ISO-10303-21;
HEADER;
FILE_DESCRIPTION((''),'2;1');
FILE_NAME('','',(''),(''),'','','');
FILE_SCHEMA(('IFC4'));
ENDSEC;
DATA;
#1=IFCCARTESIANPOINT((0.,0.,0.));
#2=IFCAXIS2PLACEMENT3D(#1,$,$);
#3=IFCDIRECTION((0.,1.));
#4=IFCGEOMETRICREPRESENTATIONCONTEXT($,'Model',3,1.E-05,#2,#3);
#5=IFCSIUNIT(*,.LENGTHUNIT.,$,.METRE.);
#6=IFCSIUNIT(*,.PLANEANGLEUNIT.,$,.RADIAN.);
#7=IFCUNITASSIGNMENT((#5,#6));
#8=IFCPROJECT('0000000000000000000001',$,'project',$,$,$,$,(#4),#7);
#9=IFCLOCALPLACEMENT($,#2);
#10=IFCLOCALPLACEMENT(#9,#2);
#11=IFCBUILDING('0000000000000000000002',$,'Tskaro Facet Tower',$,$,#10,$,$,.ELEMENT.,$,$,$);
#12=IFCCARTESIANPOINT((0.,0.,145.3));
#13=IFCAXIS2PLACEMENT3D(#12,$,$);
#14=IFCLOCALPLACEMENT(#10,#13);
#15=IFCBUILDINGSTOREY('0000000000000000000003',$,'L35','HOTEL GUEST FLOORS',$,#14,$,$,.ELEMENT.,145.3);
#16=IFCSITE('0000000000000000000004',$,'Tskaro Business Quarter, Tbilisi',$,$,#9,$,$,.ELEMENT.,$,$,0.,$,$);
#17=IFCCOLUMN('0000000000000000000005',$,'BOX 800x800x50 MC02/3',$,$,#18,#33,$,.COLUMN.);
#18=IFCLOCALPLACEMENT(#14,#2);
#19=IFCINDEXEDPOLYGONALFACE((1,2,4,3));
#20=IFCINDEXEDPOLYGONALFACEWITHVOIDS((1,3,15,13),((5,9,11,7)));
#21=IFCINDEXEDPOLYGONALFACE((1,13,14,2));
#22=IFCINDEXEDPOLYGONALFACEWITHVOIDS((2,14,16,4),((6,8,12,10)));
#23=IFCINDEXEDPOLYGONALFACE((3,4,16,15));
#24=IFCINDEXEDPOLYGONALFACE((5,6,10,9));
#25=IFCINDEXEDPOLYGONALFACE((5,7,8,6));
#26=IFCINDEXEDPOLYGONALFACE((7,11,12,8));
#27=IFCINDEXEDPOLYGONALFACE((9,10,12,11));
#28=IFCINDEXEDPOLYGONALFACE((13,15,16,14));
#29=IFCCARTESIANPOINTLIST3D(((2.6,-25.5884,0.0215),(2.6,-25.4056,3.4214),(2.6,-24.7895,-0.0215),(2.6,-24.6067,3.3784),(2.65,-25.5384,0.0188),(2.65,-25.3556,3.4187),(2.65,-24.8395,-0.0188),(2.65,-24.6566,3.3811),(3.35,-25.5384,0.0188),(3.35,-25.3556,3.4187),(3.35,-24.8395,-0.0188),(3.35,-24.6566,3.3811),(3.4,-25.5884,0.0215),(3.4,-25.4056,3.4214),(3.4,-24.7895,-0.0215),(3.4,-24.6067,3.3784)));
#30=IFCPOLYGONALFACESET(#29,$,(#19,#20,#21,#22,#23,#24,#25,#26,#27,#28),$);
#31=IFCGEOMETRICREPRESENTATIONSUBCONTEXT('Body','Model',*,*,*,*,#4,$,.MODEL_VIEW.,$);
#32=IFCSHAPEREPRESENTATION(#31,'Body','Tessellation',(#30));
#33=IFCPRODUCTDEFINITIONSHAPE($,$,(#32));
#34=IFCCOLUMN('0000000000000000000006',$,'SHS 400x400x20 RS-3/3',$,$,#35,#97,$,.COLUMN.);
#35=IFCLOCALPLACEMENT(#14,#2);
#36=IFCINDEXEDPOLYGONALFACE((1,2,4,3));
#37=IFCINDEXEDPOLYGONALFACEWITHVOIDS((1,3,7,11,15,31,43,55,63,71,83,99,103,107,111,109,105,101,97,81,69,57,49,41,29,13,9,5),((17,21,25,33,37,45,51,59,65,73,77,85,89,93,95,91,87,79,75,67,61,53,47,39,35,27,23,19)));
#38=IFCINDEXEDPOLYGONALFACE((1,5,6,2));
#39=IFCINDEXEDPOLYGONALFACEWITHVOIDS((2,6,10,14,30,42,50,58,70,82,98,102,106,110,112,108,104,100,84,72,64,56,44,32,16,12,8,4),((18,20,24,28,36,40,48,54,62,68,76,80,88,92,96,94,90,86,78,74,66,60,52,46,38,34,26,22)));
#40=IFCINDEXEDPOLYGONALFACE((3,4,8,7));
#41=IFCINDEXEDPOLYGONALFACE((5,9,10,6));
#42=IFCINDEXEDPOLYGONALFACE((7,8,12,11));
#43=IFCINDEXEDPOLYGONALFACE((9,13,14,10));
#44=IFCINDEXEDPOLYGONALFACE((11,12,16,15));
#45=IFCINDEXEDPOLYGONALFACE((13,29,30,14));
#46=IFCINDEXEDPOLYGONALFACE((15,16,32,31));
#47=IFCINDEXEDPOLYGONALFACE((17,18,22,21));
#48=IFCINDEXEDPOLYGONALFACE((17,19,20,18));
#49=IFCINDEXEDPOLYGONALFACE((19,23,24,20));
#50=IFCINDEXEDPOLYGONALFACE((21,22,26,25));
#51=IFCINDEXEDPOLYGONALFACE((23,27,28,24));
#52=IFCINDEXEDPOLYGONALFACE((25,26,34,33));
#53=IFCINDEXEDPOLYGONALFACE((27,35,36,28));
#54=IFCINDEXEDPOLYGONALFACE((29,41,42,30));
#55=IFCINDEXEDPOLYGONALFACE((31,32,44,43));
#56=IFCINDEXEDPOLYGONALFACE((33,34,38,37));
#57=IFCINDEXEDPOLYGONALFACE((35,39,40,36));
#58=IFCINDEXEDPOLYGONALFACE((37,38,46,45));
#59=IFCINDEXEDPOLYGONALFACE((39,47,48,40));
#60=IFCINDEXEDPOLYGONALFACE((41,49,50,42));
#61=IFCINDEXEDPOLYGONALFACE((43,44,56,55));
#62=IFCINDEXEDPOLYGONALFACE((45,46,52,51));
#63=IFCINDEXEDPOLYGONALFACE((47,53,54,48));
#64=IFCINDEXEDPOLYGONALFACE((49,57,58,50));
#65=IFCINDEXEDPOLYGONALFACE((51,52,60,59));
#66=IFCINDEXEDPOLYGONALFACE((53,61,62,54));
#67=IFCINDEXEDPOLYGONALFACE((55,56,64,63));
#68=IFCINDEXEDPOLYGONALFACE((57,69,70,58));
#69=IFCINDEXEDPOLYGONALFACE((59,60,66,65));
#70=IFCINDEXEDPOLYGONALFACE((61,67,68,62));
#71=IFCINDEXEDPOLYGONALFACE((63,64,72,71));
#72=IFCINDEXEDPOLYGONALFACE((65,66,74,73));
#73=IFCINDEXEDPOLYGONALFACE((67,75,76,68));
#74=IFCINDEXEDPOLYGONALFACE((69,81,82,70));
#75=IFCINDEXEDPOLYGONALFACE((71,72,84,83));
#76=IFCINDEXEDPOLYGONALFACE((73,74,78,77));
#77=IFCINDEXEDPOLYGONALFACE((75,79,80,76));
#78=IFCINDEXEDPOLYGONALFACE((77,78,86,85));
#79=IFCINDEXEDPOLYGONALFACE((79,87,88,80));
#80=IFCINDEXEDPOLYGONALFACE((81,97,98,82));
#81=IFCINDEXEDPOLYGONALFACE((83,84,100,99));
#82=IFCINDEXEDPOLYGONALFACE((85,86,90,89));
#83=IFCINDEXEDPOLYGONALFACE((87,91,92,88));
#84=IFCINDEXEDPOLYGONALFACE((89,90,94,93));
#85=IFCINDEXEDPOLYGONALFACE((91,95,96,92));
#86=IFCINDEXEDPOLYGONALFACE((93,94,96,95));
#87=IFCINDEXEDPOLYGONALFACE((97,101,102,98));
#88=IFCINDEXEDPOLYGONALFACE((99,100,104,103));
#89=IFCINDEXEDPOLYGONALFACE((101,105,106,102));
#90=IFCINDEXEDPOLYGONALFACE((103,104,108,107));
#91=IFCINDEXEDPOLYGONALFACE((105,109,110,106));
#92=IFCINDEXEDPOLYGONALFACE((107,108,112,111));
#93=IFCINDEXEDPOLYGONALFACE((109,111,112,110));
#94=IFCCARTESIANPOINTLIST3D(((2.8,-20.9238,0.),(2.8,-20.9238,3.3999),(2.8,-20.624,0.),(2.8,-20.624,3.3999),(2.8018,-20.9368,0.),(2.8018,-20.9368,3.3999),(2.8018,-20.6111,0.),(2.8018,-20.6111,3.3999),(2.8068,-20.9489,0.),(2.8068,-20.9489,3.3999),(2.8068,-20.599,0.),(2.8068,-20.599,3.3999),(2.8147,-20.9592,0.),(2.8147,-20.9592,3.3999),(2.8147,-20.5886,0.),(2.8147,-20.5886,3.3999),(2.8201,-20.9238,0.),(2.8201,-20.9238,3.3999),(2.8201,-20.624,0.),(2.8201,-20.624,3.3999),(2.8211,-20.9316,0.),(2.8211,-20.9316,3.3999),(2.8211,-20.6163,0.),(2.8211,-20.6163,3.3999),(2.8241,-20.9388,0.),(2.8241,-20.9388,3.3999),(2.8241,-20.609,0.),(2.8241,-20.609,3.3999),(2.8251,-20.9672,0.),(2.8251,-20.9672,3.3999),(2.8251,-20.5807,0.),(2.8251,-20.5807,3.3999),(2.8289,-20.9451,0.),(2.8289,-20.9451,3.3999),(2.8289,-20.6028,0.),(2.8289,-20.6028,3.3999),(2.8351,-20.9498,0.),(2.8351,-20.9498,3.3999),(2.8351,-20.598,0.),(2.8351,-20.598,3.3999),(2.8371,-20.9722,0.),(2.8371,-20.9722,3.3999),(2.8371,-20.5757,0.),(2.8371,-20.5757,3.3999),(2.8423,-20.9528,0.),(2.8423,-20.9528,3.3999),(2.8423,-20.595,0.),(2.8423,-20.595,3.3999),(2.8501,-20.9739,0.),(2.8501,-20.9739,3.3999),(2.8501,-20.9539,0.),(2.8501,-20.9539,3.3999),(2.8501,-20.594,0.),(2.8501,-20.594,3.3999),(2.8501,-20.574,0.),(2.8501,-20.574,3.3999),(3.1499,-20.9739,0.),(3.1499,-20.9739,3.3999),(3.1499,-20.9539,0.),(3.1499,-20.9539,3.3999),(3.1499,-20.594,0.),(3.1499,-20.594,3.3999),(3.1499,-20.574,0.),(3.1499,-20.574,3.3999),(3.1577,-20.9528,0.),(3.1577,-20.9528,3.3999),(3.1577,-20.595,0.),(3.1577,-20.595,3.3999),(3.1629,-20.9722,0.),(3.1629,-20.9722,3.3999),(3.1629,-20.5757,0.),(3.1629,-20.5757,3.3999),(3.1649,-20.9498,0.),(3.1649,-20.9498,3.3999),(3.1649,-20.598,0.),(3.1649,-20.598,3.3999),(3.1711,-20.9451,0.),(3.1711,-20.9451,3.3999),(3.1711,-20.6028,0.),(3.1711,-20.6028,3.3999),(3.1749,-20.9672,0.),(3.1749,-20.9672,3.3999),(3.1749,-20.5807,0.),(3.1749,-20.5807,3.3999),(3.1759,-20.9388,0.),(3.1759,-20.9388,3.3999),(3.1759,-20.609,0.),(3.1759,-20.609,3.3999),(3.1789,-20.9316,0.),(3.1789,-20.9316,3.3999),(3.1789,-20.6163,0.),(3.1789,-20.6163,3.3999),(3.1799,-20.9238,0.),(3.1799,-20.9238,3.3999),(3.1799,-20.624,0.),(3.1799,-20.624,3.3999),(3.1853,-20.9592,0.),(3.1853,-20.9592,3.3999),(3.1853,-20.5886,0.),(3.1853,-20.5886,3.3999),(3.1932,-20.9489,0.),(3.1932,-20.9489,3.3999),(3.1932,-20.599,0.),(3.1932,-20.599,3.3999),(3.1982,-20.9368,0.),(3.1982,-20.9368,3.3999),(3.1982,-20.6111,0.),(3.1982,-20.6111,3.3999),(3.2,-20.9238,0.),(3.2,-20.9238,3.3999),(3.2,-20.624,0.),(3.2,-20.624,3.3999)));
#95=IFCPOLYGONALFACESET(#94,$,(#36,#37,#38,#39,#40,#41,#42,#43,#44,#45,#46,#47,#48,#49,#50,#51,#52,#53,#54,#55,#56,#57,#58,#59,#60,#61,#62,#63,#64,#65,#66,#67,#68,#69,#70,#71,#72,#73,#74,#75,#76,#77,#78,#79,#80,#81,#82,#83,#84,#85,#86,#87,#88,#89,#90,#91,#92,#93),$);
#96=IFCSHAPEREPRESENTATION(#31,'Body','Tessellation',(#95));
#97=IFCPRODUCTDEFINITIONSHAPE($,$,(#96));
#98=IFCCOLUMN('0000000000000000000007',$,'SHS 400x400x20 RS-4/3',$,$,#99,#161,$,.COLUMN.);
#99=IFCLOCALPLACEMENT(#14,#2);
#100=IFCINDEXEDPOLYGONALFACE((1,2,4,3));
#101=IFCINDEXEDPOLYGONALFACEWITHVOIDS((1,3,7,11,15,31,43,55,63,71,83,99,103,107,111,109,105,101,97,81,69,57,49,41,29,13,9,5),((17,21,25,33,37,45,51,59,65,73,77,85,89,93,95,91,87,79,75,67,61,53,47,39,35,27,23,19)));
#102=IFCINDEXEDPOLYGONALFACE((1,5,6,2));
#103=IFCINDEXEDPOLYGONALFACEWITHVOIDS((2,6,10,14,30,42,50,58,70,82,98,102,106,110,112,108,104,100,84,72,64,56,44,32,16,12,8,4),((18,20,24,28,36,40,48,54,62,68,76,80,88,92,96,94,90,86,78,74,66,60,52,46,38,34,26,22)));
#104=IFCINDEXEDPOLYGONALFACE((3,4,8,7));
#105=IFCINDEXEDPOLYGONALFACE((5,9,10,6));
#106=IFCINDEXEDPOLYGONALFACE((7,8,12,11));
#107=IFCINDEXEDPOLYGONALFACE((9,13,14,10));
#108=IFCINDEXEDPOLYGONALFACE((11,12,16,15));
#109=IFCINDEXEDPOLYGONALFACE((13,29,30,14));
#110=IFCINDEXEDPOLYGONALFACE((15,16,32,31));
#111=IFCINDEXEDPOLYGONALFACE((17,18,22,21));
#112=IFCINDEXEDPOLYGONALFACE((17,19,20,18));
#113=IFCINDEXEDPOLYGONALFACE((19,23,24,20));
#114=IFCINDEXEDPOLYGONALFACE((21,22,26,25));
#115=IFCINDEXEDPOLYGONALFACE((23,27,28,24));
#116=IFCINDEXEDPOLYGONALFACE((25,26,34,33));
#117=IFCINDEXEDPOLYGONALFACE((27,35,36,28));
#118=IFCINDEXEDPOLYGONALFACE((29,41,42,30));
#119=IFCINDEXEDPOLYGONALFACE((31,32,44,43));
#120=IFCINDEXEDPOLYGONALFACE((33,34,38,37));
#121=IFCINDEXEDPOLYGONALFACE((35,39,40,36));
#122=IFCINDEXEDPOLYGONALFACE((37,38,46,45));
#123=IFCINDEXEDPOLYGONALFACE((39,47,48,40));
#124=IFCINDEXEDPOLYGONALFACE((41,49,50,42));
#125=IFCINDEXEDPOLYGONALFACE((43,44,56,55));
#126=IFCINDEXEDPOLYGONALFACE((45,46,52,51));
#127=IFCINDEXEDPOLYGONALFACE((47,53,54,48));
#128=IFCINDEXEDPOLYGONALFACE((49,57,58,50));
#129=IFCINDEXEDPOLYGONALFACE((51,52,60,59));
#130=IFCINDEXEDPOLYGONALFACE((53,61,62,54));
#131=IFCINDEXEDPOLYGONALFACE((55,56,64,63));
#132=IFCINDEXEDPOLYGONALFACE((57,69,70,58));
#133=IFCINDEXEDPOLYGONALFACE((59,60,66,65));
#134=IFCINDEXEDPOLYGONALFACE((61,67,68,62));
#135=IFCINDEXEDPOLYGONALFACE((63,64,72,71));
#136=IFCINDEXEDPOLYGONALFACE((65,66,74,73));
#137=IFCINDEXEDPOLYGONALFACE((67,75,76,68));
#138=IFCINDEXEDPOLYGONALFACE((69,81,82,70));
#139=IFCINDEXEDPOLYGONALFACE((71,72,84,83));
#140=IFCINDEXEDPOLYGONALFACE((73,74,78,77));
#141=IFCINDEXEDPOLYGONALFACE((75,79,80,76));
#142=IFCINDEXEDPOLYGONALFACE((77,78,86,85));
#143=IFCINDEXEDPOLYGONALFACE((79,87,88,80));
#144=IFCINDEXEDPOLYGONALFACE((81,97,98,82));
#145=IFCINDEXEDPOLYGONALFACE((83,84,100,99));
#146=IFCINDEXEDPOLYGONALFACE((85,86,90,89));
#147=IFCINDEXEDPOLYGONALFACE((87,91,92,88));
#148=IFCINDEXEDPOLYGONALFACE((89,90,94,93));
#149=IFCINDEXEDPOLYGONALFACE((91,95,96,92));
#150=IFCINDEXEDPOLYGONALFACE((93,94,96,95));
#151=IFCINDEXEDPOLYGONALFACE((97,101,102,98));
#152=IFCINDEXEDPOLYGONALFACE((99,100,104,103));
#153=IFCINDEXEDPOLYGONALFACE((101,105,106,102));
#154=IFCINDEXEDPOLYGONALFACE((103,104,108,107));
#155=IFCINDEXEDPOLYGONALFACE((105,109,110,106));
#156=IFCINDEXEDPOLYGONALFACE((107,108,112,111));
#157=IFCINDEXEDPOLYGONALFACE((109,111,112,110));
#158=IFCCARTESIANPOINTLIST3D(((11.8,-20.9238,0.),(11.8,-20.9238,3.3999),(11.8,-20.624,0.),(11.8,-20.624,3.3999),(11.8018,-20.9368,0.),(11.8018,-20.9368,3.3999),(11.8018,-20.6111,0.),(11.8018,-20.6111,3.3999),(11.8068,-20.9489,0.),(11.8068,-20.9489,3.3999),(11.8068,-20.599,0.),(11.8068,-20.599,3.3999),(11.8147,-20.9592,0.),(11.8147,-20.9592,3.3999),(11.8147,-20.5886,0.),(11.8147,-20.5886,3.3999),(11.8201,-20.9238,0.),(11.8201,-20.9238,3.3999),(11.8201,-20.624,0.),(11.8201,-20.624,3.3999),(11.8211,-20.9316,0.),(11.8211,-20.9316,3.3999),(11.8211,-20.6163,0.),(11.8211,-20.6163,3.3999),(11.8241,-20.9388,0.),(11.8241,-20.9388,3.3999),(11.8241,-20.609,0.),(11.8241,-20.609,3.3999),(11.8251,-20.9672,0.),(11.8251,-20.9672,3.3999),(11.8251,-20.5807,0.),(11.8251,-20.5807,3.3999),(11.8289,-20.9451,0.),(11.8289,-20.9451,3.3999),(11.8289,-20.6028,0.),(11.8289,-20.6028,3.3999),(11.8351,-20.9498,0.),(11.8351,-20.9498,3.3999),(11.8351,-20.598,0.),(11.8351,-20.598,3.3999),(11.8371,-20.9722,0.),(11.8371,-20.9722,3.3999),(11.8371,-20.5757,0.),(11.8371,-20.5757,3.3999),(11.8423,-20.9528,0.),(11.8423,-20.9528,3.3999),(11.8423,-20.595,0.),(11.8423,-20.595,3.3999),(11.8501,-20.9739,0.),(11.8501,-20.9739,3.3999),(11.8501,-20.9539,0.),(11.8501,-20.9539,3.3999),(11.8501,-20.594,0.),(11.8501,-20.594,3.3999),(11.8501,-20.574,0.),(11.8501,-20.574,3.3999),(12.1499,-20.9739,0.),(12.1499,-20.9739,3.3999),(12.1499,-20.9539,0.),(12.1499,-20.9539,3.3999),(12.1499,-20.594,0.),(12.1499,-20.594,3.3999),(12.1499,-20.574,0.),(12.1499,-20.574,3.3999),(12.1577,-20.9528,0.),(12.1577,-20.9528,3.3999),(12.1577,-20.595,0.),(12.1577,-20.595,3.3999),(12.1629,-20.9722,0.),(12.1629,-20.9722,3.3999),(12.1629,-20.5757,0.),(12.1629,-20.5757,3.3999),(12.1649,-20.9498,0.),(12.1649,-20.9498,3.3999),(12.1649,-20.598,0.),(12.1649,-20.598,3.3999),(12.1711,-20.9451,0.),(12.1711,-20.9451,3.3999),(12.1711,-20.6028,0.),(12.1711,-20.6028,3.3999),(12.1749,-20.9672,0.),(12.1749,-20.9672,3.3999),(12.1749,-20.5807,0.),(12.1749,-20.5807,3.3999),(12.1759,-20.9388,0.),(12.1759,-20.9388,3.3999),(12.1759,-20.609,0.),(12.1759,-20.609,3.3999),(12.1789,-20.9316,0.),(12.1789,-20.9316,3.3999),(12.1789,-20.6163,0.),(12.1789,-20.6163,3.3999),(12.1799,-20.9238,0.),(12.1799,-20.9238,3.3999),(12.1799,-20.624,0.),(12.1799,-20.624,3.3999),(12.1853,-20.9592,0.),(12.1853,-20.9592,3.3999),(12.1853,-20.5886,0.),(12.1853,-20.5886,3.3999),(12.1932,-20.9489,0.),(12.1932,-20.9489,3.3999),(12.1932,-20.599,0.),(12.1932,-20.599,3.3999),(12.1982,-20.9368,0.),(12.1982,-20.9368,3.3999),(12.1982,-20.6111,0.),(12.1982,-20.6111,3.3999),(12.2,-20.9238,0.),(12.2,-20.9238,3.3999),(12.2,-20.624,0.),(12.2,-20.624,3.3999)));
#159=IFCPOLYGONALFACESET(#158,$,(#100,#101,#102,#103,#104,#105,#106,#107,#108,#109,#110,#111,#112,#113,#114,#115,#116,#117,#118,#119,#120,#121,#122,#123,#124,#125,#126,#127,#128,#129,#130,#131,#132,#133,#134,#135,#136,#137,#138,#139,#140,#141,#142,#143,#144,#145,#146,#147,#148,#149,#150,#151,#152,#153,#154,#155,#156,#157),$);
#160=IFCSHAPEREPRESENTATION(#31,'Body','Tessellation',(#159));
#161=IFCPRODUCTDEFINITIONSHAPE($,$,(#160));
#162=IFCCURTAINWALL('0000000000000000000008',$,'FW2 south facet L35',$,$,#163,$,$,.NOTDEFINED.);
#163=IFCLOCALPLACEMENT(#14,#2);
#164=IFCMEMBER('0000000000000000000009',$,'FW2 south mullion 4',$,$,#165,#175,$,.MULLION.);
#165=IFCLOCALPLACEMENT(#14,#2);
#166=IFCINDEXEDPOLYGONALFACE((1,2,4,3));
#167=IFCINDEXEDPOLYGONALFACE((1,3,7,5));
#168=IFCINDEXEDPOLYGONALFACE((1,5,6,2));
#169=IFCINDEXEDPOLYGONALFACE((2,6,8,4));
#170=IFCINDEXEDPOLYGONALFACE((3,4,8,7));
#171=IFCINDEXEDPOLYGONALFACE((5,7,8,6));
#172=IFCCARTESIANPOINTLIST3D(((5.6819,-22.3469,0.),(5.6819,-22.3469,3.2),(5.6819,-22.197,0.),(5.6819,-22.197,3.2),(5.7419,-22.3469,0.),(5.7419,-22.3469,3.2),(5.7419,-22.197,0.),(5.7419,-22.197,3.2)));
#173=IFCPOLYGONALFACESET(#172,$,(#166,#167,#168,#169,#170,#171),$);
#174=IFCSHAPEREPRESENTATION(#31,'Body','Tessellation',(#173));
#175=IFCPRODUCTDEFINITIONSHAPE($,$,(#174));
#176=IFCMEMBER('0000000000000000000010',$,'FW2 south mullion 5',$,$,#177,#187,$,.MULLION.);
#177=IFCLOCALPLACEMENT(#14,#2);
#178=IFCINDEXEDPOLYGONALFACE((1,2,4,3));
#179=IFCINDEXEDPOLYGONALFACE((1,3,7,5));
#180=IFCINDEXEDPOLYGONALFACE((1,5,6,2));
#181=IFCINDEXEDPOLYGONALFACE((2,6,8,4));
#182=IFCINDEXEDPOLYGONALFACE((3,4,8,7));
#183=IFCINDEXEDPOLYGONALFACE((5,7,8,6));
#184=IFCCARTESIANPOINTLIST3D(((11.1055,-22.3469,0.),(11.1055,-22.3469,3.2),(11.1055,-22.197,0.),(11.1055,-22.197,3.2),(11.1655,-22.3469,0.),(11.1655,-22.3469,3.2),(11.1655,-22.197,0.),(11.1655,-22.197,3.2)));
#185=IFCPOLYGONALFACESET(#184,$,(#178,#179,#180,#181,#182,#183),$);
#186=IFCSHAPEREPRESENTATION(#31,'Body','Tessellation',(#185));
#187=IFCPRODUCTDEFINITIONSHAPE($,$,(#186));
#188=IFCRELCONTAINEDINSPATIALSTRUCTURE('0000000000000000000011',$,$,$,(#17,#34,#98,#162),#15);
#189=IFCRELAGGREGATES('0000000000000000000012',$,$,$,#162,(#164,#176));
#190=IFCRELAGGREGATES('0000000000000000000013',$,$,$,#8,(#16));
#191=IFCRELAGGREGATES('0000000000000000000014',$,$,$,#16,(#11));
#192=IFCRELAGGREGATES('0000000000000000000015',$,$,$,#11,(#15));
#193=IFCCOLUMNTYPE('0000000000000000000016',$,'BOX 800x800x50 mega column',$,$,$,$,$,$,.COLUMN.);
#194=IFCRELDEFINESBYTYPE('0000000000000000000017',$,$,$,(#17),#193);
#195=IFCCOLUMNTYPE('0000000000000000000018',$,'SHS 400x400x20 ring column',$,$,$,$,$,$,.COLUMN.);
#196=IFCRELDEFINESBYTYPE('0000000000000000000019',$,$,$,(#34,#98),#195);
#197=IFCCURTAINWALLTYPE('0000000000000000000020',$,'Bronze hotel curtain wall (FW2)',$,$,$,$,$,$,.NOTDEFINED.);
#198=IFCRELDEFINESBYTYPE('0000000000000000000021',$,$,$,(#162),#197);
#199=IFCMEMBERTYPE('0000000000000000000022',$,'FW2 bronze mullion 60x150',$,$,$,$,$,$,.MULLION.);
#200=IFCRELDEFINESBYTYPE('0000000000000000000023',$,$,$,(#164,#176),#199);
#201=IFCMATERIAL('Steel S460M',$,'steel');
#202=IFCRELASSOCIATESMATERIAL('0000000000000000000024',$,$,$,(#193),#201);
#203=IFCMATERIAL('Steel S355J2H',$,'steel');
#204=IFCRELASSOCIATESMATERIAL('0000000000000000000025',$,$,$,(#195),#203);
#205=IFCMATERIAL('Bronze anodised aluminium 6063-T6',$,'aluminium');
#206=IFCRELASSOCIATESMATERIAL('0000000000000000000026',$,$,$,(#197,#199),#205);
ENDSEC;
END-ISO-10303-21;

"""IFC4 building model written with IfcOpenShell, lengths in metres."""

from ifc_helpers import new_model, si_unit, direction, frame, origin, origin_2d, place, context, subcontext, project, spatial, rectangle, hollow_rectangle, extrude, material, material_profile, profile_set, type_object, element, aggregate, save


model = new_model("IFC4")

# Units and contexts
model_context = context("Model", 3, precision=1e-05, world=origin(), true_north=direction((0.0, 1.0)))
body_context = subcontext(model_context, "Body", "Model", "MODEL_VIEW")
ifc_project = project(units=[si_unit("LENGTHUNIT", "METRE"), si_unit("PLANEANGLEUNIT", "RADIAN")], contexts=[model_context])

# Site, building, storey
site_placement = place(None, origin())
site = spatial("IfcSite", under=ifc_project, at=site_placement, Name="Tskaro Business Quarter, Tbilisi", CompositionType="ELEMENT", RefElevation=0.0)
building_placement = place(site_placement, origin())
building = spatial("IfcBuilding", under=site, at=building_placement, Name="Tskaro Facet Tower", CompositionType="ELEMENT")
storey_placement = place(building_placement, frame((0.0, 0.0, 145.3)))
storey = spatial("IfcBuildingStorey", under=building, at=storey_placement, Name="L35", Description="HOTEL GUEST FLOORS", CompositionType="ELEMENT", Elevation=145.3)

# Columns
ifc_material_1 = material(Name="Steel S460M", Category="steel")
ifc_material_profile_1 = material_profile(ifc_material_1, hollow_rectangle(XDim=0.8, YDim=0.8, WallThickness=0.05, at=origin_2d()), Name="BOX 800x800x50")
ifc_profile_set_1 = profile_set([ifc_material_profile_1], Name="Steel S460M")
column_type_1 = type_object("IfcColumnType", Name="BOX 800x800x50 mega column", PredefinedType="COLUMN", material=ifc_profile_set_1)
column_placement = place(storey_placement, frame((3.0, -25.189, 0.0), z_axis=(0.0, 0.053707, 0.998557), x_axis=(-1.0, 0.0, 0.0)))
element("IfcColumn", 1, at=column_placement, inside=storey, type_object=column_type_1, Name="BOX 800x800x50 MC02/3", PredefinedType="COLUMN", context=body_context, shape_type="SweptSolid", body=[
    extrude(hollow_rectangle(XDim=0.8, YDim=0.8, WallThickness=0.05, at=origin_2d()), origin(), (0.0, 0.0, 1.0), 3.4048),
])
ifc_material_2 = material(Name="Steel S355J2H", Category="steel")
ifc_material_profile_2 = material_profile(ifc_material_2, hollow_rectangle(XDim=0.3999, YDim=0.3999, WallThickness=0.02, InnerFilletRadius=0.03, OuterFilletRadius=0.05, at=origin_2d()), Name="SHS 400x400x20")
ifc_profile_set_2 = profile_set([ifc_material_profile_2], Name="Steel S355J2H")
column_type_2 = type_object("IfcColumnType", Name="SHS 400x400x20 ring column", PredefinedType="COLUMN", material=ifc_profile_set_2)
for number, where, z_axis, x_axis, name in (
    (2, (3.0, -20.7739, 0.0), (0.0, 0.0, 1.0), (1.0, 0.0, 0.0), "SHS 400x400x20 RS-3/3"),
    (3, (12.0, -20.7739, 0.0), (0.0, 0.0, 1.0), (1.0, 0.0, 0.0), "SHS 400x400x20 RS-4/3"),
):
    element("IfcColumn", number, at=place(storey_placement, frame(where, z_axis=z_axis, x_axis=x_axis)), inside=storey, type_object=column_type_2, Name=name, PredefinedType="COLUMN", context=body_context, shape_type="SweptSolid", body=[
        extrude(hollow_rectangle(XDim=0.3999, YDim=0.3999, WallThickness=0.02, InnerFilletRadius=0.03, OuterFilletRadius=0.05, at=origin_2d()), origin(), (0.0, 0.0, 1.0), 3.3999),
    ])

# Curtain wall, members
ifc_material_3 = material(Name="Bronze anodised aluminium 6063-T6", Category="aluminium")
curtain_wall_type = type_object("IfcCurtainWallType", Name="Bronze hotel curtain wall (FW2)", PredefinedType="NOTDEFINED", material=ifc_material_3)
curtain_wall_placement = place(storey_placement, origin())
curtain_wall = element("IfcCurtainWall", 4, at=curtain_wall_placement, inside=storey, type_object=curtain_wall_type, Name="FW2 south facet L35", PredefinedType="NOTDEFINED")
ifc_material_profile_3 = material_profile(ifc_material_3, rectangle(XDim=0.0601, YDim=0.1499, at=origin_2d()), Name="Mullion 60x150")
ifc_profile_set_3 = profile_set([ifc_material_profile_3], Name="Bronze anodised aluminium 6063-T6")
member_type_1 = type_object("IfcMemberType", Name="FW2 bronze mullion 60x150", PredefinedType="MULLION", material=ifc_profile_set_3)
member_1_placement = place(storey_placement, frame((5.7119, -22.272, 0.0), z_axis=(0.0, 0.0, 1.0), x_axis=(1.0, 0.0, 0.0)))
member_1 = element("IfcMember", 5, at=member_1_placement, type_object=member_type_1, Name="FW2 south mullion 4", PredefinedType="MULLION", context=body_context, shape_type="SweptSolid", body=[
    extrude(rectangle(XDim=0.0601, YDim=0.1499, at=origin_2d()), origin(), (0.0, 0.0, 1.0), 3.2),
])
member_2_placement = place(storey_placement, frame((11.1355, -22.272, 0.0), z_axis=(0.0, 0.0, 1.0), x_axis=(1.0, 0.0, 0.0)))
member_2 = element("IfcMember", 6, at=member_2_placement, type_object=member_type_1, Name="FW2 south mullion 5", PredefinedType="MULLION", context=body_context, shape_type="SweptSolid", body=[
    extrude(rectangle(XDim=0.0601, YDim=0.1499, at=origin_2d()), origin(), (0.0, 0.0, 1.0), 3.2),
])

aggregate(curtain_wall, [member_1, member_2])

save(model, "model.ifc")
